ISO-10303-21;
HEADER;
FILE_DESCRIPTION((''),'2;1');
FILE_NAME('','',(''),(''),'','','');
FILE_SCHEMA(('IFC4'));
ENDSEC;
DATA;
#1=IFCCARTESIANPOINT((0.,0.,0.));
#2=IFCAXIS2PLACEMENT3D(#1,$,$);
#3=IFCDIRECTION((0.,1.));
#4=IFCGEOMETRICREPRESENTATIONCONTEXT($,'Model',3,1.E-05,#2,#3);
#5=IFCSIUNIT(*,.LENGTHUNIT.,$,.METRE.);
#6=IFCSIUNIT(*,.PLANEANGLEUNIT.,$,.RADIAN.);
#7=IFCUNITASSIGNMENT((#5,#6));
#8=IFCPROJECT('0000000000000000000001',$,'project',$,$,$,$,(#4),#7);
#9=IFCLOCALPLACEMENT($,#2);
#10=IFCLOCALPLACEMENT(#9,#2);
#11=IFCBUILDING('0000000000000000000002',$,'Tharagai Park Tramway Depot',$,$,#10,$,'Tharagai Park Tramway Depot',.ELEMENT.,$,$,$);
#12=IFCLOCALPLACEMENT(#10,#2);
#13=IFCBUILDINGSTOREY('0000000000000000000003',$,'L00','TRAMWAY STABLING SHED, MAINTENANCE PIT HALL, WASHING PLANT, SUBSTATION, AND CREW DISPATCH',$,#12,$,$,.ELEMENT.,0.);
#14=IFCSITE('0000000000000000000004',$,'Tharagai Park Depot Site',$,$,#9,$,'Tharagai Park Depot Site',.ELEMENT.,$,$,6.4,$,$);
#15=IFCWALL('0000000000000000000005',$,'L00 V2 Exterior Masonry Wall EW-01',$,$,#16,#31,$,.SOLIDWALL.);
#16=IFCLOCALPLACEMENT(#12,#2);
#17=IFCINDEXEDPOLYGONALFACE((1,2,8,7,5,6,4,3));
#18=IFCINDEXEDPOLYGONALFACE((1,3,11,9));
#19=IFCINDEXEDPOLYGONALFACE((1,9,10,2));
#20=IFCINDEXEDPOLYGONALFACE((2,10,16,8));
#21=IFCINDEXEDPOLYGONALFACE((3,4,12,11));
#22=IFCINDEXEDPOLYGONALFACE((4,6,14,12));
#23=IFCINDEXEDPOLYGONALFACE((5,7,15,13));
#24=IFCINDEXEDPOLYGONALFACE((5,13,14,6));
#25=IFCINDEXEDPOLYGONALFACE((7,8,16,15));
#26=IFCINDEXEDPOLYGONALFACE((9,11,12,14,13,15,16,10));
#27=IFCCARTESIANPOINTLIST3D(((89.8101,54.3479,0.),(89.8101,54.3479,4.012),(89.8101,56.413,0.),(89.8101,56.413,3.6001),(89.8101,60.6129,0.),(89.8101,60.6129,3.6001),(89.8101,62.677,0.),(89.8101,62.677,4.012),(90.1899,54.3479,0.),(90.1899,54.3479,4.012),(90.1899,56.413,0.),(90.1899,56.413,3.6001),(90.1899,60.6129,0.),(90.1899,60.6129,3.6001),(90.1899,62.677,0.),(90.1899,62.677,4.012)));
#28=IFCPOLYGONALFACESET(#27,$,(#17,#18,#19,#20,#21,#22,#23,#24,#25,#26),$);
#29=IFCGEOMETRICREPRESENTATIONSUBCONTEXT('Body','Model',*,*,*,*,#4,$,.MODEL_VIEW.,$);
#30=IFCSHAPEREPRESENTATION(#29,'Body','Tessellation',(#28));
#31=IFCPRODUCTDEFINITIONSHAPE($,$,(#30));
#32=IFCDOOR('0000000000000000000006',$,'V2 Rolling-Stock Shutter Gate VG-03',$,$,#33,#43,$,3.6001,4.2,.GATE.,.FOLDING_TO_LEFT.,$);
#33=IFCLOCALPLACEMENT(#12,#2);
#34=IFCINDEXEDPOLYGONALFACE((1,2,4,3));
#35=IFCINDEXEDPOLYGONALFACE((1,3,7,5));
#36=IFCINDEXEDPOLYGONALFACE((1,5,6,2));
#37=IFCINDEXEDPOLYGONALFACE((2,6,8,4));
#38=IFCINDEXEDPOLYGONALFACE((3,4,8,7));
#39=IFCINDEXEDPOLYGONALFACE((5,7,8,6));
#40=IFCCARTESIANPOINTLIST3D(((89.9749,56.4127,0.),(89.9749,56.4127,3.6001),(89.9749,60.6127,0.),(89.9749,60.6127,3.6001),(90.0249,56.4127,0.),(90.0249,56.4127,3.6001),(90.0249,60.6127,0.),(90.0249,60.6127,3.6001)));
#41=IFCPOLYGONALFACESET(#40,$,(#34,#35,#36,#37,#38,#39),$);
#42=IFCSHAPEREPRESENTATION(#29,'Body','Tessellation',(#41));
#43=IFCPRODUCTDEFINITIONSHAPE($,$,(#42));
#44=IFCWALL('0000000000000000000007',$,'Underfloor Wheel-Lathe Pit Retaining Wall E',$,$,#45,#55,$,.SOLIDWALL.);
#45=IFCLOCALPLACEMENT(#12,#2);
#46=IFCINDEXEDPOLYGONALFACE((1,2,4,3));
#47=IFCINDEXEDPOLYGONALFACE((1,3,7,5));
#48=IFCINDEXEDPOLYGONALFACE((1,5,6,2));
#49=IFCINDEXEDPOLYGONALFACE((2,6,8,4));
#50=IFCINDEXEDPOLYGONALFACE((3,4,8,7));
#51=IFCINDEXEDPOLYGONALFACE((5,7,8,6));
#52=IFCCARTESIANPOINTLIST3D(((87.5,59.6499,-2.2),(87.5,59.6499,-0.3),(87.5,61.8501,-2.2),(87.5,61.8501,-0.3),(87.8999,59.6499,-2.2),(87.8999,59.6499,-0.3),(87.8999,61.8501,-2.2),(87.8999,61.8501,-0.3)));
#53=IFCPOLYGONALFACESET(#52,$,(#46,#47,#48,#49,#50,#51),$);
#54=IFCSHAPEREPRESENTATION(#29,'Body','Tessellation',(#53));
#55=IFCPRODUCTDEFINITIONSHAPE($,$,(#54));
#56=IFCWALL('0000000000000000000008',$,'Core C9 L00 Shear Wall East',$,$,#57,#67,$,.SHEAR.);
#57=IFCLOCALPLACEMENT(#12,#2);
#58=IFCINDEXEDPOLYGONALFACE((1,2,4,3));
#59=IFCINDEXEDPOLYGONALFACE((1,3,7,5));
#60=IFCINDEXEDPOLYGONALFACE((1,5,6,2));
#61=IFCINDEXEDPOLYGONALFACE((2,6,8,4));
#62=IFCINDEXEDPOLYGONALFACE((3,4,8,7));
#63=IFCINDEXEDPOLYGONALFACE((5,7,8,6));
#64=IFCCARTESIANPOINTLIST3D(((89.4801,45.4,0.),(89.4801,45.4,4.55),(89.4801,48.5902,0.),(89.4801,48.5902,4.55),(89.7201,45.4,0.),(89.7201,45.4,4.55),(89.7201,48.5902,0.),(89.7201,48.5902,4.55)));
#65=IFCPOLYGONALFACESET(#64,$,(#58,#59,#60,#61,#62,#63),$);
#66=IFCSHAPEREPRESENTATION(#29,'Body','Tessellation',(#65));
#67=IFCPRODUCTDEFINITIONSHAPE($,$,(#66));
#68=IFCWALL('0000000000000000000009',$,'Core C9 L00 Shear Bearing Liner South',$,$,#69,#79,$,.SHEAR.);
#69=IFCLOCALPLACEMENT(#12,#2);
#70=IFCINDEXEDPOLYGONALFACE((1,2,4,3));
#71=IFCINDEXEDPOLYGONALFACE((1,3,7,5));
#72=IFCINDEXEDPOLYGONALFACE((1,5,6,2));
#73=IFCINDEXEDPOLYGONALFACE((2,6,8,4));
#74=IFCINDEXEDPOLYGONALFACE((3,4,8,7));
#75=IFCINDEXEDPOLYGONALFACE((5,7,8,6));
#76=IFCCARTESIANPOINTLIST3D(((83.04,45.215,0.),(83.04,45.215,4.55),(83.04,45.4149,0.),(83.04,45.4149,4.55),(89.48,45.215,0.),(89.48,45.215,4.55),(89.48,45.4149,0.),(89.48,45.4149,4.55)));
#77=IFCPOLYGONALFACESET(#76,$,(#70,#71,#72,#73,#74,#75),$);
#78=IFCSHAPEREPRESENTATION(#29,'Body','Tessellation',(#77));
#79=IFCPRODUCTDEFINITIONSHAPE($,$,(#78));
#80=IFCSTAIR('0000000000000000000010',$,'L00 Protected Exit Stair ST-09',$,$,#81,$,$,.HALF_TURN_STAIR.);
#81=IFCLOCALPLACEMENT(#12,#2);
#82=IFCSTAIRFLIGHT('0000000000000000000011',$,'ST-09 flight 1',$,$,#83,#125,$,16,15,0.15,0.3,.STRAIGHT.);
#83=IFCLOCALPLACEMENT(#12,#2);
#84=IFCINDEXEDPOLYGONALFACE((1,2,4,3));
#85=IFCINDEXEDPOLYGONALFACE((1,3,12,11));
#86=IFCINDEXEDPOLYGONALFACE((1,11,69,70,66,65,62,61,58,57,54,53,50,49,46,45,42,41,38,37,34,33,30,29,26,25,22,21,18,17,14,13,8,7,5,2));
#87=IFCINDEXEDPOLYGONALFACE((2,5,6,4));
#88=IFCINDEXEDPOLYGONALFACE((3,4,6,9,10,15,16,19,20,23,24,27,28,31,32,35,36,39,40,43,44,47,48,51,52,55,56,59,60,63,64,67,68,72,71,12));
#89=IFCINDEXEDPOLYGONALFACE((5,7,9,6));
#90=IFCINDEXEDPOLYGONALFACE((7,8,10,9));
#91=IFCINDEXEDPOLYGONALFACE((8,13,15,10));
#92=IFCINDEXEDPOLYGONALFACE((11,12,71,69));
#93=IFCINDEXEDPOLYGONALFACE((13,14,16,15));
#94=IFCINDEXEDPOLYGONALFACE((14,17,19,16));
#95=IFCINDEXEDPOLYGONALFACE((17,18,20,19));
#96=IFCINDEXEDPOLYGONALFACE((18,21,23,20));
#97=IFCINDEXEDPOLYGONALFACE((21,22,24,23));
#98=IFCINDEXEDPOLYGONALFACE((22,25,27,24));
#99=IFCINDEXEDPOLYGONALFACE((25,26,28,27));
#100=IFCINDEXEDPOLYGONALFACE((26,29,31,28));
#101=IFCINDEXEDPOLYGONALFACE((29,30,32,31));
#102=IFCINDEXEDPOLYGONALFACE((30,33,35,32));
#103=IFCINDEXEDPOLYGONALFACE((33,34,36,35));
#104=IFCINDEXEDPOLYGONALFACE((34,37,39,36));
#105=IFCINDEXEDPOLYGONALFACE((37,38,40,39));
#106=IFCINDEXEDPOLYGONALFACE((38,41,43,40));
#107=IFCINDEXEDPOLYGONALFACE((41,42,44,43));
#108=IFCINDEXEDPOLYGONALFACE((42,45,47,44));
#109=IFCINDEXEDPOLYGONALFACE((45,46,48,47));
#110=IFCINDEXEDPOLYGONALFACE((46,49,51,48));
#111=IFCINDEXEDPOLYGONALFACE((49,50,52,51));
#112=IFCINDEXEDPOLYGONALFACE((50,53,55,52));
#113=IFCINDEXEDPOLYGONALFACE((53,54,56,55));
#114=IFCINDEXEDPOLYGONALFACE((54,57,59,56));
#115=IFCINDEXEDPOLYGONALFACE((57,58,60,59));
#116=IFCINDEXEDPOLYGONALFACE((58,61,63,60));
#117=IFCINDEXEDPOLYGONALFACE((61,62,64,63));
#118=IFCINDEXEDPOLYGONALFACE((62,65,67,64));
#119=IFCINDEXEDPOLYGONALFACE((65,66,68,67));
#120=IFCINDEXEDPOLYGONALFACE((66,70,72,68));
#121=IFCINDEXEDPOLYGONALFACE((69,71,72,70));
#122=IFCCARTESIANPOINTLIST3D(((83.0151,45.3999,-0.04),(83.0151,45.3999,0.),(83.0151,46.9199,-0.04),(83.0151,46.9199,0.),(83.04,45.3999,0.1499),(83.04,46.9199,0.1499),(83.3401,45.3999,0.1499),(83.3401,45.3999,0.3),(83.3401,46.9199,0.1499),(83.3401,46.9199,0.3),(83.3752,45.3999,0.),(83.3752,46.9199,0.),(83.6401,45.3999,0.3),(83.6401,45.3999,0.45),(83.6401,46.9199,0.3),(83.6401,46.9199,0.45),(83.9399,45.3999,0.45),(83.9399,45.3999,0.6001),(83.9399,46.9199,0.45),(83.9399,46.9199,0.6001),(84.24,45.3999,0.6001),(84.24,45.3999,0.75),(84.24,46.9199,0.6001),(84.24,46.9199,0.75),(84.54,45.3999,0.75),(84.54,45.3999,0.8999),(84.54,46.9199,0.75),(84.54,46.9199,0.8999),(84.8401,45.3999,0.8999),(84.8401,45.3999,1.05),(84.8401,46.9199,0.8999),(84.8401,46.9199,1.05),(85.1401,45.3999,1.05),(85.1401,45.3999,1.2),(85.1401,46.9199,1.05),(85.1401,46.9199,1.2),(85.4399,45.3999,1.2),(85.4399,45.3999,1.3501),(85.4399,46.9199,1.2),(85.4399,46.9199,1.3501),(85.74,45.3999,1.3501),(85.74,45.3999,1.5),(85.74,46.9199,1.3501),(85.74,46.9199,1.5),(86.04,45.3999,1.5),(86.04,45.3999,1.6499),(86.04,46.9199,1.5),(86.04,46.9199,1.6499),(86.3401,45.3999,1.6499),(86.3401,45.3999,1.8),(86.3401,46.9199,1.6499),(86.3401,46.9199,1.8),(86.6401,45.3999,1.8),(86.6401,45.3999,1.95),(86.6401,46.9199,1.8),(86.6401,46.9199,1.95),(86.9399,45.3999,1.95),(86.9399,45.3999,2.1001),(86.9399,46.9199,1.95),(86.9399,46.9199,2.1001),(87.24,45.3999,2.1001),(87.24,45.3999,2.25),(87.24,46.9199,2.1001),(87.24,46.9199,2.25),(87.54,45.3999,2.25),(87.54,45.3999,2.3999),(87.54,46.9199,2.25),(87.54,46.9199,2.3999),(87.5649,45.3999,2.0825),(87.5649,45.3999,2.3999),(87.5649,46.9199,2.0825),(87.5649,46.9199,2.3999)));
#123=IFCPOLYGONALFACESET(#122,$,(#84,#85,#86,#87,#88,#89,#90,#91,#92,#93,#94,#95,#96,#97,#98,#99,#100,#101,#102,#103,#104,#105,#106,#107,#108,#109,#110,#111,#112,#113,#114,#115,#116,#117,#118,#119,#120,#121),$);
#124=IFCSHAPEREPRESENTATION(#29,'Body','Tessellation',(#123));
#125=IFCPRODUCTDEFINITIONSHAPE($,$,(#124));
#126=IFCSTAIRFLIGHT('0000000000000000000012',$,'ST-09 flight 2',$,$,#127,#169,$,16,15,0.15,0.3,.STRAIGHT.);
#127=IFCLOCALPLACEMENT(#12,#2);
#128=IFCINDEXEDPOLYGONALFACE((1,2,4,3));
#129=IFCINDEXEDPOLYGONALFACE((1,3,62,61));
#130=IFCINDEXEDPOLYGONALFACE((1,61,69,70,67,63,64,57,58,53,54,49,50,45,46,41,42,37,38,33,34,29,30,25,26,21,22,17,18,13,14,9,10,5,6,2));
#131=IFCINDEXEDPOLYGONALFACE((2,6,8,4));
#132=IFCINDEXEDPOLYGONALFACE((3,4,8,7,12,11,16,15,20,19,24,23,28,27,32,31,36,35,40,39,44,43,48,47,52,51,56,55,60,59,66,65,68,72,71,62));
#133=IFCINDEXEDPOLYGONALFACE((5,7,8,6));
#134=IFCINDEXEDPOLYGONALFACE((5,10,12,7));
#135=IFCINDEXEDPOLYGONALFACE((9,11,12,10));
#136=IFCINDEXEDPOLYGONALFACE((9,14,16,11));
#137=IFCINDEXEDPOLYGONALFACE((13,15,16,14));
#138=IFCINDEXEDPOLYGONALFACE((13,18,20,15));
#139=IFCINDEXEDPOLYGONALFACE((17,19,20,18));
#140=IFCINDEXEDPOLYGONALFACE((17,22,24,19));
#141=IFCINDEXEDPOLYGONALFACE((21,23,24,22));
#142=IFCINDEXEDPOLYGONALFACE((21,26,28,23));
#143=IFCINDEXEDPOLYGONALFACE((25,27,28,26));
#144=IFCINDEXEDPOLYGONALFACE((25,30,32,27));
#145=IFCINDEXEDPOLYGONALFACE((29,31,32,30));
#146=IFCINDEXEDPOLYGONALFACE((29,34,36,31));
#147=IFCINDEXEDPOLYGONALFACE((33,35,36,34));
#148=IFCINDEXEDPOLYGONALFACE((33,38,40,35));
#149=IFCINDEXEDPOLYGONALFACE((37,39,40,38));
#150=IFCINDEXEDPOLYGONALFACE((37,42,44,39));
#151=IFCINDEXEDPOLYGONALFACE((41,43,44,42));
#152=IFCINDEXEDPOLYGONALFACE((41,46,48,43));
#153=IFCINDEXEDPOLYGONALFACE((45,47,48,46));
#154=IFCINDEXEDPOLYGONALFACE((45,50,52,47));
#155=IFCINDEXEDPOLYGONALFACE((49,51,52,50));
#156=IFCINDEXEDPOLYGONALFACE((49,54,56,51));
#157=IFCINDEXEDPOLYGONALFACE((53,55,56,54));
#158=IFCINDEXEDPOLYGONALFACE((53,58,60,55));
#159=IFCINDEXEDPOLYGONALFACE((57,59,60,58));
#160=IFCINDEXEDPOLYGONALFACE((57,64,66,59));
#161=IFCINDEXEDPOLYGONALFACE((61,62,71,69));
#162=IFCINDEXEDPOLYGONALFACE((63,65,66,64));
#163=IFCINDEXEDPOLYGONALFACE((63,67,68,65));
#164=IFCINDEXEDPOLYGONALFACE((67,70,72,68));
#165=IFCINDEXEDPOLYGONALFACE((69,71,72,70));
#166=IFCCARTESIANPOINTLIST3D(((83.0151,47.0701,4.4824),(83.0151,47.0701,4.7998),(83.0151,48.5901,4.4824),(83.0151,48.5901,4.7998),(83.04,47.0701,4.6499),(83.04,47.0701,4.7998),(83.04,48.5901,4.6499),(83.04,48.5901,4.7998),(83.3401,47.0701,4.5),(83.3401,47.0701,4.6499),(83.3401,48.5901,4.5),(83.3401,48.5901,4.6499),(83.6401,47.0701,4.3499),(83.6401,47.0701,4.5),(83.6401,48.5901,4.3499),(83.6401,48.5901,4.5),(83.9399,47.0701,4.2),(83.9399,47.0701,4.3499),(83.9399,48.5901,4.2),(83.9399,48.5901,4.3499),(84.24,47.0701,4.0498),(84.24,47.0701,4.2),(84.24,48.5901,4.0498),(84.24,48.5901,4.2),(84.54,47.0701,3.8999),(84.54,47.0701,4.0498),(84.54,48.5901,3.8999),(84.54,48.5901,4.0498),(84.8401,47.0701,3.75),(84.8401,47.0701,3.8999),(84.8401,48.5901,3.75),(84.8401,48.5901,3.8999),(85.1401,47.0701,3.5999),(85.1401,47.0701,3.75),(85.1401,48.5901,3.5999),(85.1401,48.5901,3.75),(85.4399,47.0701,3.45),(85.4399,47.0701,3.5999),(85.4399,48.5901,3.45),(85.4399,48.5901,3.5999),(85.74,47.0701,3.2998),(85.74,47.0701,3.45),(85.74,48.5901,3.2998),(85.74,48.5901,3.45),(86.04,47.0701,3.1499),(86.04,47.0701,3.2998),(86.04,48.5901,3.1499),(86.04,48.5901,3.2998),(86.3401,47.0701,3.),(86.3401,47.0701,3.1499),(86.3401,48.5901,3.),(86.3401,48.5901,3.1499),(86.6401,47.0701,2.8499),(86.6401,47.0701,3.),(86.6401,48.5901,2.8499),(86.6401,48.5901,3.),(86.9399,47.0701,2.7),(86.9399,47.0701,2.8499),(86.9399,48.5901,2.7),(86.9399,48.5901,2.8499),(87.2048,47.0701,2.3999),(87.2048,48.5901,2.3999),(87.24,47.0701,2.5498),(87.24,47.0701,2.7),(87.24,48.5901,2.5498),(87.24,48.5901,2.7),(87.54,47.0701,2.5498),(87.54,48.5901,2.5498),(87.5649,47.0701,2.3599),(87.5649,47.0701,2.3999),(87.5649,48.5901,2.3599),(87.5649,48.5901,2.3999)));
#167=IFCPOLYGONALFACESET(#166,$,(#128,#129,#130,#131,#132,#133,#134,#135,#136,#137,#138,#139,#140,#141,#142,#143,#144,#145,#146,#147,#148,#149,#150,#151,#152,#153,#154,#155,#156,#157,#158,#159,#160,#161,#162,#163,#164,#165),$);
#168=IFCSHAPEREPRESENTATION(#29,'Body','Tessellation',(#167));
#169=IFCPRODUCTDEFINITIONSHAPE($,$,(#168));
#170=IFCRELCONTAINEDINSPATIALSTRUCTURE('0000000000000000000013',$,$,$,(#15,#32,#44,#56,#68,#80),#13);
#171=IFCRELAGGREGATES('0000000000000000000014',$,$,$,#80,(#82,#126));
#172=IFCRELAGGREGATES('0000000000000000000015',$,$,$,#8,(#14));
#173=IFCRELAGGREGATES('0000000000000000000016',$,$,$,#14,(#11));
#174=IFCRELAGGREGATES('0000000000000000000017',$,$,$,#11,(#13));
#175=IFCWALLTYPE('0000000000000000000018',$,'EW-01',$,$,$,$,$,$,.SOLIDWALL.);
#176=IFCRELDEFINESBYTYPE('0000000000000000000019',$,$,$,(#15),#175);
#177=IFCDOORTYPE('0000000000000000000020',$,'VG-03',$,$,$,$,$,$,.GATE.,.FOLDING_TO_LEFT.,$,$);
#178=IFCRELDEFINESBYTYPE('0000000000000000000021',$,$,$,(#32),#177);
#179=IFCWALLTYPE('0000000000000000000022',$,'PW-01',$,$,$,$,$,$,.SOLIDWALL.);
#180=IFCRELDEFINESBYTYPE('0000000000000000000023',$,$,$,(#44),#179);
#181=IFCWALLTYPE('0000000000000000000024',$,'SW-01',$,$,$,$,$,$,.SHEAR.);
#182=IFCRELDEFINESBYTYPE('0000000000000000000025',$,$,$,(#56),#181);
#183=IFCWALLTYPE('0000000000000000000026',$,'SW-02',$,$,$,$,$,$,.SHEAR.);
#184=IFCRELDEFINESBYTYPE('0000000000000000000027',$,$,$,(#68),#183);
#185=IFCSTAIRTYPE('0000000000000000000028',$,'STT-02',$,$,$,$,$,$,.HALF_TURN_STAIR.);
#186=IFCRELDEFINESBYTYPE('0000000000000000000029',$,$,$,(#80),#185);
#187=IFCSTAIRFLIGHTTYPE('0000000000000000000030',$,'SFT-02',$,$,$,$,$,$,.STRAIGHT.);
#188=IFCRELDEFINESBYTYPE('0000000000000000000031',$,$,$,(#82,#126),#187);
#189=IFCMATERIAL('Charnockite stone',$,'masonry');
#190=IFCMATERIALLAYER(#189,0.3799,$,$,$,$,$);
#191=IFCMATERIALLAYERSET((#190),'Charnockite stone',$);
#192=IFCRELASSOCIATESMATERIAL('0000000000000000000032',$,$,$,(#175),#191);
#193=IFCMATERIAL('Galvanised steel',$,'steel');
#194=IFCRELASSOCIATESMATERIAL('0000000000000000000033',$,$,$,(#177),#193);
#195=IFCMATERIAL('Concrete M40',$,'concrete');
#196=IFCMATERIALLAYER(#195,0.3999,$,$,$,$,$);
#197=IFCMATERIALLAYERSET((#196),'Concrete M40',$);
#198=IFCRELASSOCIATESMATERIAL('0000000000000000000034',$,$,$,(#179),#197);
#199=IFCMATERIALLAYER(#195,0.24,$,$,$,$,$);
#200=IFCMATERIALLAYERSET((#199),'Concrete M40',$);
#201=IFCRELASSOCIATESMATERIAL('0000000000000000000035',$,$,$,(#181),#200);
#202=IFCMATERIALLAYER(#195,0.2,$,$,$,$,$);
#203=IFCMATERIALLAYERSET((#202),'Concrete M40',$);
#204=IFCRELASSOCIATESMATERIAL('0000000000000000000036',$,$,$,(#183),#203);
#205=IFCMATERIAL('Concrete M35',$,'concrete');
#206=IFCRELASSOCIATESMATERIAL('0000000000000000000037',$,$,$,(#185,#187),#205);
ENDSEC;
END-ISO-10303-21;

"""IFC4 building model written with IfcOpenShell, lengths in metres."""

from ifc_helpers import new_model, si_unit, direction, frame, frame_2d, origin, place, context, subcontext, project, spatial, polyline, rectangle, outline, extrude, material, layer, layer_set, type_object, element, fill, aggregate, save


model = new_model("IFC4")

# Units and contexts
model_context = context("Model", 3, precision=1e-05, world=origin(), true_north=direction((0.0, 1.0)))
body_context = subcontext(model_context, "Body", "Model", "MODEL_VIEW")
ifc_project = project(units=[si_unit("LENGTHUNIT", "METRE"), si_unit("PLANEANGLEUNIT", "RADIAN")], contexts=[model_context])

# Site, building, storey
site_placement = place(None, origin())
site = spatial("IfcSite", under=ifc_project, at=site_placement, Name="Tharagai Park Depot Site", LongName="Tharagai Park Depot Site", CompositionType="ELEMENT", RefElevation=6.4)
building_placement = place(site_placement, origin())
building = spatial("IfcBuilding", under=site, at=building_placement, Name="Tharagai Park Tramway Depot", LongName="Tharagai Park Tramway Depot", CompositionType="ELEMENT")
storey_placement = place(building_placement, origin())
storey = spatial("IfcBuildingStorey", under=building, at=storey_placement, Name="L00", Description="TRAMWAY STABLING SHED, MAINTENANCE PIT HALL, WASHING PLANT, SUBSTATION, AND CREW DISPATCH", CompositionType="ELEMENT", Elevation=0.0)

# Shared definitions
ifc_material_1 = material(Name="Concrete M40", Category="concrete")

# Shared definitions
ifc_material_2 = material(Name="Charnockite stone", Category="masonry")
ifc_layer_1 = layer(ifc_material_2, 0.3799)
ifc_layer_set_1 = layer_set([ifc_layer_1], Name="Charnockite stone")
wall_type_1 = type_object("IfcWallType", Name="EW-01", PredefinedType="SOLIDWALL", material=ifc_layer_set_1)

# Wall, opening, door
wall_1_placement = place(storey_placement, frame((90.0, 54.3479, 0.0), z_axis=(0.0, 0.0, 1.0), x_axis=(0.0, 1.0, 0.0)))
wall_1 = element("IfcWall", 1, at=wall_1_placement, inside=storey, type_object=wall_type_1, Name="L00 V2 Exterior Masonry Wall EW-01", PredefinedType="SOLIDWALL", context=body_context, shape_type="SweptSolid", body=[
    extrude(rectangle(XDim=8.3291, YDim=0.3799, at=frame_2d((4.1646, 0.0))), origin(), (0.0, 0.0, 1.0), 4.012),
])
opening_1_placement = place(wall_1_placement, frame((2.0649, 0.0, 0.0)))
opening_1 = element("IfcOpeningElement", 2, at=opening_1_placement, cuts=wall_1, PredefinedType="OPENING", context=body_context, shape_type="SweptSolid", body=[
    extrude(rectangle(XDim=4.2, YDim=3.6001, at=frame_2d((2.1001, 1.8))), frame((0.0, 0.2, 0.0), z_axis=(0.0, -1.0, 0.0), x_axis=(1.0, 0.0, 0.0)), (0.0, 0.0, 1.0), 0.3999),
])
ifc_material_3 = material(Name="Galvanised steel", Category="steel")
door_type = type_object("IfcDoorType", Name="VG-03", OperationType="FOLDING_TO_LEFT", PredefinedType="GATE", material=ifc_material_3)
door_placement = place(opening_1_placement, frame((4.2, 0.0, 0.0), z_axis=(0.0, 0.0, 1.0), x_axis=(-1.0, 0.0, 0.0)))
door = element("IfcDoor", 3, at=door_placement, inside=storey, type_object=door_type, Name="V2 Rolling-Stock Shutter Gate VG-03", OperationType="FOLDING_TO_LEFT", OverallHeight=3.6001, OverallWidth=4.2, PredefinedType="GATE", context=body_context, shape_type="SweptSolid", body=[
    extrude(rectangle(XDim=4.2, YDim=3.6001, at=frame_2d((2.1001, 1.8))), frame((0.0, 0.0249, 0.0), z_axis=(0.0, -1.0, 0.0), x_axis=(1.0, 0.0, 0.0)), (0.0, 0.0, 1.0), 0.05),
])
fill(opening_1, door)

# Walls
ifc_layer_2 = layer(ifc_material_1, 0.3999)
ifc_layer_set_2 = layer_set([ifc_layer_2], Name="Concrete M40")
wall_type_2 = type_object("IfcWallType", Name="PW-01", PredefinedType="SOLIDWALL", material=ifc_layer_set_2)
wall_2_placement = place(storey_placement, frame((87.7, 59.6499, -2.2), z_axis=(0.0, 0.0, 1.0), x_axis=(0.0, 1.0, 0.0)))
element("IfcWall", 4, at=wall_2_placement, inside=storey, type_object=wall_type_2, Name="Underfloor Wheel-Lathe Pit Retaining Wall E", PredefinedType="SOLIDWALL", context=body_context, shape_type="SweptSolid", body=[
    extrude(rectangle(XDim=2.2002, YDim=0.3999, at=frame_2d((1.1001, 0.0))), origin(), (0.0, 0.0, 1.0), 1.8999),
])
ifc_layer_3 = layer(ifc_material_1, 0.24)
ifc_layer_set_3 = layer_set([ifc_layer_3], Name="Concrete M40")
wall_type_3 = type_object("IfcWallType", Name="SW-01", PredefinedType="SHEAR", material=ifc_layer_set_3)
wall_3_placement = place(storey_placement, frame((89.6001, 45.3999, 0.0), z_axis=(0.0, 0.0, 1.0), x_axis=(0.0, 1.0, 0.0)))
element("IfcWall", 5, at=wall_3_placement, inside=storey, type_object=wall_type_3, Name="Core C9 L00 Shear Wall East", PredefinedType="SHEAR", context=body_context, shape_type="SweptSolid", body=[
    extrude(rectangle(XDim=3.1902, YDim=0.24, at=frame_2d((1.5952, 0.0))), origin(), (0.0, 0.0, 1.0), 4.55),
])
ifc_layer_4 = layer(ifc_material_1, 0.2)
ifc_layer_set_4 = layer_set([ifc_layer_4], Name="Concrete M40")
wall_type_4 = type_object("IfcWallType", Name="SW-02", PredefinedType="SHEAR", material=ifc_layer_set_4)
wall_4_placement = place(storey_placement, frame((83.04, 45.3149, 0.0), z_axis=(0.0, 0.0, 1.0), x_axis=(1.0, 0.0, 0.0)))
element("IfcWall", 6, at=wall_4_placement, inside=storey, type_object=wall_type_4, Name="Core C9 L00 Shear Bearing Liner South", PredefinedType="SHEAR", context=body_context, shape_type="SweptSolid", body=[
    extrude(rectangle(XDim=6.4399, YDim=0.2, at=frame_2d((3.22, 0.0))), origin(), (0.0, 0.0, 1.0), 4.55),
])

# Stair, stair flights
ifc_material_4 = material(Name="Concrete M35", Category="concrete")
stair_type = type_object("IfcStairType", Name="STT-02", PredefinedType="HALF_TURN_STAIR", material=ifc_material_4)
stair_placement = place(storey_placement, origin())
stair = element("IfcStair", 7, at=stair_placement, inside=storey, type_object=stair_type, Name="L00 Protected Exit Stair ST-09", PredefinedType="HALF_TURN_STAIR")
stair_flight_type = type_object("IfcStairFlightType", Name="SFT-02", PredefinedType="STRAIGHT", material=ifc_material_4)
stair_flight_1_placement = place(storey_placement, frame((83.04, 46.1599, 0.0), z_axis=(0.0, 0.0, 1.0), x_axis=(1.0, 0.0, 0.0)))
stair_flight_1 = element("IfcStairFlight", 8, at=stair_flight_1_placement, type_object=stair_flight_type, Name="ST-09 flight 1", NumberOfRisers=16, NumberOfTreads=15, PredefinedType="STRAIGHT", RiserHeight=0.15, TreadLength=0.3, context=body_context, shape_type="SweptSolid", body=[
    extrude(outline(polyline([(-0.0249, 0.0), (0.0, 0.1499), (0.3, 0.1499), (0.3, 0.3), (0.6001, 0.3), (0.6001, 0.45), (0.8999, 0.45), (0.8999, 0.6001), (1.2, 0.6001), (1.2, 0.75), (1.5, 0.75), (1.5, 0.8999), (1.8, 0.8999), (1.8, 1.05), (2.1001, 1.05), (2.1001, 1.2), (2.3999, 1.2), (2.3999, 1.3501), (2.7, 1.3501), (2.7, 1.5), (3.0, 1.5), (3.0, 1.6499), (3.3, 1.6499), (3.3, 1.8), (3.6001, 1.8), (3.6001, 1.95), (3.8999, 1.95), (3.8999, 2.1001), (4.2, 2.1001), (4.2, 2.25), (4.5, 2.25), (4.5, 2.3999), (4.5249, 2.3999), (4.5249, 2.0825), (0.3352, 0.0), (-0.0249, -0.04), (-0.0249, 0.0)])), frame((0.0, 0.76, 0.0), z_axis=(0.0, -1.0, 0.0), x_axis=(1.0, 0.0, 0.0)), (0.0, 0.0, 1.0), 1.52),
])
stair_flight_2_placement = place(storey_placement, frame((87.54, 47.8301, 2.3999), z_axis=(0.0, 0.0, 1.0), x_axis=(-1.0, 0.0, 0.0)))
stair_flight_2 = element("IfcStairFlight", 9, at=stair_flight_2_placement, type_object=stair_flight_type, Name="ST-09 flight 2", NumberOfRisers=16, NumberOfTreads=15, PredefinedType="STRAIGHT", RiserHeight=0.15, TreadLength=0.3, context=body_context, shape_type="SweptSolid", body=[
    extrude(outline(polyline([(-0.0249, 0.0), (0.0, 0.1499), (0.3, 0.1499), (0.3, 0.3), (0.6001, 0.3), (0.6001, 0.45), (0.8999, 0.45), (0.8999, 0.6001), (1.2, 0.6001), (1.2, 0.75), (1.5, 0.75), (1.5, 0.8999), (1.8, 0.8999), (1.8, 1.05), (2.1001, 1.05), (2.1001, 1.2), (2.3999, 1.2), (2.3999, 1.3501), (2.7, 1.3501), (2.7, 1.5), (3.0, 1.5), (3.0, 1.6499), (3.3, 1.6499), (3.3, 1.8), (3.6001, 1.8), (3.6001, 1.95), (3.8999, 1.95), (3.8999, 2.1001), (4.2, 2.1001), (4.2, 2.25), (4.5, 2.25), (4.5, 2.3999), (4.5249, 2.3999), (4.5249, 2.0825), (0.3352, 0.0), (-0.0249, -0.04), (-0.0249, 0.0)])), frame((0.0, 0.76, 0.0), z_axis=(0.0, -1.0, 0.0), x_axis=(1.0, 0.0, 0.0)), (0.0, 0.0, 1.0), 1.52),
])
aggregate(stair, [stair_flight_1, stair_flight_2])

save(model, "model.ifc")
